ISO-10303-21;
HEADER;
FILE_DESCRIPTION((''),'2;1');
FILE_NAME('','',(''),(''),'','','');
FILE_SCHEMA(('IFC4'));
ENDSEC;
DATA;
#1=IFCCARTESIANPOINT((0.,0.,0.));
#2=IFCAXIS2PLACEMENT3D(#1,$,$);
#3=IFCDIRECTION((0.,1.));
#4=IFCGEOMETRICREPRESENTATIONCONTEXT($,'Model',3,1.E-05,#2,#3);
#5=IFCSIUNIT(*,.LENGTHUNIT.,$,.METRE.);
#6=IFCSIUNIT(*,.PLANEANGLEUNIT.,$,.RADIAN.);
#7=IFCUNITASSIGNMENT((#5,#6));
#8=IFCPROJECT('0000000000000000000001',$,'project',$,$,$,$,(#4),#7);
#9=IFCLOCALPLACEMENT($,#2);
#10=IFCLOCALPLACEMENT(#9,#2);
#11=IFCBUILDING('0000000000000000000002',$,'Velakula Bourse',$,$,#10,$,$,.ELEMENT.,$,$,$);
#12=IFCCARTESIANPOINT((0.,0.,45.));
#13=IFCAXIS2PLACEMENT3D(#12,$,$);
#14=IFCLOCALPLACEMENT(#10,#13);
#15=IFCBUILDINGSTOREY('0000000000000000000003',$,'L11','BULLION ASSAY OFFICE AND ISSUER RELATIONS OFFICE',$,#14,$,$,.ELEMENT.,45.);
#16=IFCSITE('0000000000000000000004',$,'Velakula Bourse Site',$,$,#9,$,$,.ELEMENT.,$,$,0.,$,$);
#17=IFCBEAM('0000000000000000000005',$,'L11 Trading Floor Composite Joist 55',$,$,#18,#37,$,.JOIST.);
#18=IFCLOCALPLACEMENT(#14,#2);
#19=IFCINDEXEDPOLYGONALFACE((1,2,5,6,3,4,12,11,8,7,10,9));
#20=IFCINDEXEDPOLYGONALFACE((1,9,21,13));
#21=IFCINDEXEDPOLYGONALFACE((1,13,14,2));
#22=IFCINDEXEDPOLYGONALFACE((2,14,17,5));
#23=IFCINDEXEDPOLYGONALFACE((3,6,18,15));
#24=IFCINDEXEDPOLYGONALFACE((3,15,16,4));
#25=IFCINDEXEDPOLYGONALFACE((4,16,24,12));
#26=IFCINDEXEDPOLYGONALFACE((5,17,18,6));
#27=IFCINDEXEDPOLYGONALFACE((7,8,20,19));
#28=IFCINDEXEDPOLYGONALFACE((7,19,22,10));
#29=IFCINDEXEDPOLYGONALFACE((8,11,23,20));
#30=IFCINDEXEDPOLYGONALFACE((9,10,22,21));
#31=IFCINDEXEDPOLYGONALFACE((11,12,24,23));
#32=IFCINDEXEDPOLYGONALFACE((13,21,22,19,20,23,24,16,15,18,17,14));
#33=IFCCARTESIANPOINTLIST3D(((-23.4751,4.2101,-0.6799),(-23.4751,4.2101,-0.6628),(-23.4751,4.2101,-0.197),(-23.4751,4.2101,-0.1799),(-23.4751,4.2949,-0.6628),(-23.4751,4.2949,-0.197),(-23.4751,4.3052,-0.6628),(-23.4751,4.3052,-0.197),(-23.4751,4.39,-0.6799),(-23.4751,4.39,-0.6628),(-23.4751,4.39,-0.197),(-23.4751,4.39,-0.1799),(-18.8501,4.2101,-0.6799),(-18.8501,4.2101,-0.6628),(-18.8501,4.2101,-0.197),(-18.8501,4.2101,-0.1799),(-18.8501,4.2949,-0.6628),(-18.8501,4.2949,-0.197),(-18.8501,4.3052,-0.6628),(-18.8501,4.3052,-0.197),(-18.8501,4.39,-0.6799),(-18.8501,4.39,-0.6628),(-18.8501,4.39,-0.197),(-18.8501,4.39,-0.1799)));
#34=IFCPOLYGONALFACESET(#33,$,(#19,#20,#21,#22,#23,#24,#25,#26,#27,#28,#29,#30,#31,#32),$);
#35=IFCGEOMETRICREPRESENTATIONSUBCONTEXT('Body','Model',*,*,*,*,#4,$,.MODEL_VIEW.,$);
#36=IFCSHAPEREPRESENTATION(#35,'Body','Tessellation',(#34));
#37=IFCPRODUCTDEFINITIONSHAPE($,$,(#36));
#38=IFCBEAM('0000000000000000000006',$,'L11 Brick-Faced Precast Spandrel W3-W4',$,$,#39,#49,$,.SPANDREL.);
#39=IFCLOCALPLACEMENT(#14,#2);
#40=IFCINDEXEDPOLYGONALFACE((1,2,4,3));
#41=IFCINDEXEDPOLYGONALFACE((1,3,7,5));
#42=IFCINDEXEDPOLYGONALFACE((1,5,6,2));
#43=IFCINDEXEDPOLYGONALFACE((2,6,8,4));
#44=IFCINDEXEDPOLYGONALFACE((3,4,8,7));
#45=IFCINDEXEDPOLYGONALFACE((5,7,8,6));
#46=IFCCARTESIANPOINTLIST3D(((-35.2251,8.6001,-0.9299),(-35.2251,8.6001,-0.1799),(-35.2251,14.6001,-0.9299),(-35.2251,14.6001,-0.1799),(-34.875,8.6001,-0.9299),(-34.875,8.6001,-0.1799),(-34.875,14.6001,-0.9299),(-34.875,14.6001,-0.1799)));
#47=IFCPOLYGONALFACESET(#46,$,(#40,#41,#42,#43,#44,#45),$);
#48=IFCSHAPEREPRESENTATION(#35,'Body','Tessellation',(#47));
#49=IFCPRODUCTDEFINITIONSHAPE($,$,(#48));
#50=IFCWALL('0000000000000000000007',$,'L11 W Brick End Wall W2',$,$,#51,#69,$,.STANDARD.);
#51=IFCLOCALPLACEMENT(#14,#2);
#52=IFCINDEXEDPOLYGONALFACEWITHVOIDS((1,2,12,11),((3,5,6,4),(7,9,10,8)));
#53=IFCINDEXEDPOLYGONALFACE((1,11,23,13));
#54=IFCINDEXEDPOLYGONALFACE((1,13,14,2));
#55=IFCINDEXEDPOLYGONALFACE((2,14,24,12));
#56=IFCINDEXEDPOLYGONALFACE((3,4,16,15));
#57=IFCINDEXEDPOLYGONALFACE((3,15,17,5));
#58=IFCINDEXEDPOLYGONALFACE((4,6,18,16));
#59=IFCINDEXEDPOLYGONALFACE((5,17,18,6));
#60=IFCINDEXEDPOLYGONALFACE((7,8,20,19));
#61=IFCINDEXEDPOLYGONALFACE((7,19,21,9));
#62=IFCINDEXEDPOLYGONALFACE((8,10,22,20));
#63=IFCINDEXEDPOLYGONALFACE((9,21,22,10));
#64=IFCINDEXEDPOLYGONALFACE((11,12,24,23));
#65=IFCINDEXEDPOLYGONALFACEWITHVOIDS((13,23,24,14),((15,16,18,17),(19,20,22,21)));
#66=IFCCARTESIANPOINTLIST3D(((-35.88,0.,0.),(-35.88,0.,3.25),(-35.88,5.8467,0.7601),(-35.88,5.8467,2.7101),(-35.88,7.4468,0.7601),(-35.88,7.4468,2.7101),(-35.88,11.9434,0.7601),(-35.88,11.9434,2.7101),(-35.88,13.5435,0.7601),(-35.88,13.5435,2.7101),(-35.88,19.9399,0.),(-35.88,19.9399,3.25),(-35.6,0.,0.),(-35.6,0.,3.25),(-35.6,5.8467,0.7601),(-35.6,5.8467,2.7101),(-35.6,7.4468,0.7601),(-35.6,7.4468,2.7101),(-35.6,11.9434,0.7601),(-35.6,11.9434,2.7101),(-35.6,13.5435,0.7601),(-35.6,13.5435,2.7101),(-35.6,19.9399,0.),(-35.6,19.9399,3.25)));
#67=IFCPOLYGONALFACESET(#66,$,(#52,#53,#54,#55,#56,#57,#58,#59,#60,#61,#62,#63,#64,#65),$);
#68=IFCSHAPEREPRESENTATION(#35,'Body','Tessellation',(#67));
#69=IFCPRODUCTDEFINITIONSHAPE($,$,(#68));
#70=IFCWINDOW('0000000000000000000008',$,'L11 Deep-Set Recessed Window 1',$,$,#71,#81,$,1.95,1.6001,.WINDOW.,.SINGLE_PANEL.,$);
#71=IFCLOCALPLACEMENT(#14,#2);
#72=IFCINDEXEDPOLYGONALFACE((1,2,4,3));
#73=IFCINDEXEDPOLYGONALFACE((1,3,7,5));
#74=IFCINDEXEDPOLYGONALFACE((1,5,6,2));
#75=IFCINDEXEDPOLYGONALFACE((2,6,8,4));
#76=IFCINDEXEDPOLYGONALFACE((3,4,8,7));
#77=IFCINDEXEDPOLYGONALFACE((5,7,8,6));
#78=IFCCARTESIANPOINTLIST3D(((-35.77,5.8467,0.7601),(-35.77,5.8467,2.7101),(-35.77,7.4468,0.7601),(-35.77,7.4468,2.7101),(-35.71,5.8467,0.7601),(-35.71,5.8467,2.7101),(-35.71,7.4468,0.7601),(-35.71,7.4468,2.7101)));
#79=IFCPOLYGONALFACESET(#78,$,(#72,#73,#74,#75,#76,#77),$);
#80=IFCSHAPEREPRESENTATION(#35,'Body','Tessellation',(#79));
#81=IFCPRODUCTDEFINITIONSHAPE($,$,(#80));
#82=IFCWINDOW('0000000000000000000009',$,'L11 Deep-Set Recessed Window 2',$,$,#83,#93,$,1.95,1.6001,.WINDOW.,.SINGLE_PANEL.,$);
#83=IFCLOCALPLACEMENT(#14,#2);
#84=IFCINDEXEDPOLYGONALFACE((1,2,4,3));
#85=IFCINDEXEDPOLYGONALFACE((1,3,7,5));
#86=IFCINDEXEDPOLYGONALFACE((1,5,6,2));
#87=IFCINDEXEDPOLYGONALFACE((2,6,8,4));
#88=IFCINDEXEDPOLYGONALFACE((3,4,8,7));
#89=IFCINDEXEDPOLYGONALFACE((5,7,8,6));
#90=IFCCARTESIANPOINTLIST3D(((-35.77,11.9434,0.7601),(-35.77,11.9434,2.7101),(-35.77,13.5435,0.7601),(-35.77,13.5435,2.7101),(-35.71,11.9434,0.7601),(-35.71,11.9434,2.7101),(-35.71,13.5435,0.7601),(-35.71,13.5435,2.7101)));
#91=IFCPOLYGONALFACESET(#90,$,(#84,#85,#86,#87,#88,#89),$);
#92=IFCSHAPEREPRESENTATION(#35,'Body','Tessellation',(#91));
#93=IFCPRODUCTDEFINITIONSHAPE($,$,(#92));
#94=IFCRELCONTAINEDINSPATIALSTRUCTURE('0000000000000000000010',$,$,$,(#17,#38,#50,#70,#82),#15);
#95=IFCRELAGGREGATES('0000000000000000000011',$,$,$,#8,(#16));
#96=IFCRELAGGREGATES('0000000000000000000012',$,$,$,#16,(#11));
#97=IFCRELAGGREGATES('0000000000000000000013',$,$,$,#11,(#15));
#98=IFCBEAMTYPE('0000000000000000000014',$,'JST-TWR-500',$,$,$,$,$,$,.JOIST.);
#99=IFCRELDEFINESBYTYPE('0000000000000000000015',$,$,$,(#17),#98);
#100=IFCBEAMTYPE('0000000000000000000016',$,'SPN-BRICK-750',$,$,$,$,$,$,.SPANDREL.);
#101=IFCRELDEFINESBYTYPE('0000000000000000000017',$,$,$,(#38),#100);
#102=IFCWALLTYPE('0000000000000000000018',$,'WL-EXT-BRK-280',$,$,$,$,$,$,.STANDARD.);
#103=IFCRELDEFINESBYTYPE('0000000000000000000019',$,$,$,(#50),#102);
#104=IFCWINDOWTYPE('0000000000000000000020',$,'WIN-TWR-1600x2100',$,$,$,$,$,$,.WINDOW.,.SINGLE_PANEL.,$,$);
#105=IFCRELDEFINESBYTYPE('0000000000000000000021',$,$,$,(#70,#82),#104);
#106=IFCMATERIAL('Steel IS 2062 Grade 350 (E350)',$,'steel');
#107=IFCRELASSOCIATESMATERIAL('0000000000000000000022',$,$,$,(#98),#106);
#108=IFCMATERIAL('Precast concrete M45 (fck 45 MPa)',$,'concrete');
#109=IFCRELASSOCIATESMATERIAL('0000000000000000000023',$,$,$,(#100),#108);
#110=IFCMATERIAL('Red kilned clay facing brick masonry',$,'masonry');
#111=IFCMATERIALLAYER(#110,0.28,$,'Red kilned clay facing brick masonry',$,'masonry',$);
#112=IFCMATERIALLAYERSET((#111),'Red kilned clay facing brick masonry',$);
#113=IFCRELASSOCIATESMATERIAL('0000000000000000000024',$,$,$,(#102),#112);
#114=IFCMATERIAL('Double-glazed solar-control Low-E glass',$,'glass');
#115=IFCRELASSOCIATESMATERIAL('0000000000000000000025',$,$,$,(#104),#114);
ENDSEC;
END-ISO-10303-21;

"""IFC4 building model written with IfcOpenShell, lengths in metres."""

from ifc_helpers import new_model, si_unit, direction, frame, frame_2d, origin, origin_2d, place, context, subcontext, project, spatial, rectangle, i_section, extrude, material, layer, layer_set, material_profile, profile_set, type_object, element, fill, save


model = new_model("IFC4")

# Units and contexts
model_context = context("Model", 3, precision=1e-05, world=origin(), true_north=direction((0.0, 1.0)))
body_context = subcontext(model_context, "Body", "Model", "MODEL_VIEW")
ifc_project = project(units=[si_unit("LENGTHUNIT", "METRE"), si_unit("PLANEANGLEUNIT", "RADIAN")], contexts=[model_context])

# Site, building, storey
site_placement = place(None, origin())
site = spatial("IfcSite", under=ifc_project, at=site_placement, Name="Velakula Bourse Site", CompositionType="ELEMENT", RefElevation=0.0)
building_placement = place(site_placement, origin())
building = spatial("IfcBuilding", under=site, at=building_placement, Name="Velakula Bourse", CompositionType="ELEMENT")
storey_placement = place(building_placement, frame((0.0, 0.0, 45.0)))
storey = spatial("IfcBuildingStorey", under=building, at=storey_placement, Name="L11", Description="BULLION ASSAY OFFICE AND ISSUER RELATIONS OFFICE", CompositionType="ELEMENT", Elevation=45.0)

# Beams
ifc_material_1 = material(Name="Steel IS 2062 Grade 350 (E350)", Category="steel")
ifc_material_profile_1 = material_profile(ifc_material_1, i_section(OverallWidth=0.1799, OverallDepth=0.5, WebThickness=0.0103, FlangeThickness=0.0171, at=origin_2d()), Name="Steel IS 2062 Grade 350 (E350)")
ifc_profile_set_1 = profile_set([ifc_material_profile_1], Name="Steel IS 2062 Grade 350 (E350)")
beam_type_1 = type_object("IfcBeamType", Name="JST-TWR-500", PredefinedType="JOIST", material=ifc_profile_set_1)
beam_1_placement = place(storey_placement, frame((-23.4751, 4.3, -0.4299), z_axis=(1.0, 0.0, 0.0), x_axis=(0.0, 1.0, 0.0)))
element("IfcBeam", 1, at=beam_1_placement, inside=storey, type_object=beam_type_1, Name="L11 Trading Floor Composite Joist 55", PredefinedType="JOIST", context=body_context, shape_type="SweptSolid", body=[
    extrude(i_section(OverallWidth=0.1799, OverallDepth=0.5, WebThickness=0.0103, FlangeThickness=0.0171, at=origin_2d()), origin(), (0.0, 0.0, 1.0), 4.625),
])
ifc_material_2 = material(Name="Precast concrete M45 (fck 45 MPa)", Category="concrete")
ifc_material_profile_2 = material_profile(ifc_material_2, rectangle(XDim=0.3501, YDim=0.75, at=origin_2d()), Name="Precast concrete M45 (fck 45 MPa)")
ifc_profile_set_2 = profile_set([ifc_material_profile_2], Name="Precast concrete M45 (fck 45 MPa)")
beam_type_2 = type_object("IfcBeamType", Name="SPN-BRICK-750", PredefinedType="SPANDREL", material=ifc_profile_set_2)
beam_2_placement = place(storey_placement, frame((-35.05, 8.6001, -0.5549), z_axis=(0.0, 1.0, 0.0), x_axis=(-1.0, 0.0, 0.0)))
element("IfcBeam", 2, at=beam_2_placement, inside=storey, type_object=beam_type_2, Name="L11 Brick-Faced Precast Spandrel W3-W4", PredefinedType="SPANDREL", context=body_context, shape_type="SweptSolid", body=[
    extrude(rectangle(XDim=0.3501, YDim=0.75, at=origin_2d()), origin(), (0.0, 0.0, 1.0), 6.0),
])

# Wall, openings, windows
ifc_material_3 = material(Name="Red kilned clay facing brick masonry", Category="masonry")
ifc_layer = layer(ifc_material_3, 0.28, Name="Red kilned clay facing brick masonry", Category="masonry")
ifc_layer_set = layer_set([ifc_layer], Name="Red kilned clay facing brick masonry")
wall_type = type_object("IfcWallType", Name="WL-EXT-BRK-280", PredefinedType="STANDARD", material=ifc_layer_set)
wall_placement = place(storey_placement, frame((-35.74, 0.0, 0.0), z_axis=(0.0, 0.0, 1.0), x_axis=(0.0, 1.0, 0.0)))
wall = element("IfcWall", 3, at=wall_placement, inside=storey, type_object=wall_type, Name="L11 W Brick End Wall W2", PredefinedType="STANDARD", context=body_context, shape_type="SweptSolid", body=[
    extrude(rectangle(XDim=19.9399, YDim=0.28, at=frame_2d((9.97, 0.0))), origin(), (0.0, 0.0, 1.0), 3.25),
])
opening_1_placement = place(wall_placement, frame((5.8467, 0.0, 0.76)))
opening_1 = element("IfcOpeningElement", 4, at=opening_1_placement, cuts=wall, PredefinedType="OPENING", context=body_context, shape_type="SweptSolid", body=[
    extrude(rectangle(XDim=1.6001, YDim=1.95, at=frame_2d((0.8, 0.9751))), frame((0.0, 0.1499, 0.0), z_axis=(0.0, -1.0, 0.0), x_axis=(1.0, 0.0, 0.0)), (0.0, 0.0, 1.0), 0.3),
])
opening_2_placement = place(wall_placement, frame((11.9434, 0.0, 0.76)))
opening_2 = element("IfcOpeningElement", 5, at=opening_2_placement, cuts=wall, PredefinedType="OPENING", context=body_context, shape_type="SweptSolid", body=[
    extrude(rectangle(XDim=1.6001, YDim=1.95, at=frame_2d((0.8, 0.9751))), frame((0.0, 0.1499, 0.0), z_axis=(0.0, -1.0, 0.0), x_axis=(1.0, 0.0, 0.0)), (0.0, 0.0, 1.0), 0.3),
])
ifc_material_4 = material(Name="Double-glazed solar-control Low-E glass", Category="glass")
window_type = type_object("IfcWindowType", Name="WIN-TWR-1600x2100", PartitioningType="SINGLE_PANEL", PredefinedType="WINDOW", material=ifc_material_4)
window_1_placement = place(opening_1_placement, origin())
window_1 = element("IfcWindow", 6, at=window_1_placement, inside=storey, type_object=window_type, Name="L11 Deep-Set Recessed Window 1", OverallHeight=1.95, OverallWidth=1.6001, PartitioningType="SINGLE_PANEL", PredefinedType="WINDOW", context=body_context, shape_type="SweptSolid", body=[
    extrude(rectangle(XDim=1.6001, YDim=1.95, at=frame_2d((0.8, 0.9751))), frame((0.0, 0.03, 0.0), z_axis=(0.0, -1.0, 0.0), x_axis=(1.0, 0.0, 0.0)), (0.0, 0.0, 1.0), 0.0601),
])
fill(opening_1, window_1)
window_2_placement = place(opening_2_placement, origin())
window_2 = element("IfcWindow", 7, at=window_2_placement, inside=storey, type_object=window_type, Name="L11 Deep-Set Recessed Window 2", OverallHeight=1.95, OverallWidth=1.6001, PartitioningType="SINGLE_PANEL", PredefinedType="WINDOW", context=body_context, shape_type="SweptSolid", body=[
    extrude(rectangle(XDim=1.6001, YDim=1.95, at=frame_2d((0.8, 0.9751))), frame((0.0, 0.03, 0.0), z_axis=(0.0, -1.0, 0.0), x_axis=(1.0, 0.0, 0.0)), (0.0, 0.0, 1.0), 0.0601),
])
fill(opening_2, window_2)

save(model, "model.ifc")
